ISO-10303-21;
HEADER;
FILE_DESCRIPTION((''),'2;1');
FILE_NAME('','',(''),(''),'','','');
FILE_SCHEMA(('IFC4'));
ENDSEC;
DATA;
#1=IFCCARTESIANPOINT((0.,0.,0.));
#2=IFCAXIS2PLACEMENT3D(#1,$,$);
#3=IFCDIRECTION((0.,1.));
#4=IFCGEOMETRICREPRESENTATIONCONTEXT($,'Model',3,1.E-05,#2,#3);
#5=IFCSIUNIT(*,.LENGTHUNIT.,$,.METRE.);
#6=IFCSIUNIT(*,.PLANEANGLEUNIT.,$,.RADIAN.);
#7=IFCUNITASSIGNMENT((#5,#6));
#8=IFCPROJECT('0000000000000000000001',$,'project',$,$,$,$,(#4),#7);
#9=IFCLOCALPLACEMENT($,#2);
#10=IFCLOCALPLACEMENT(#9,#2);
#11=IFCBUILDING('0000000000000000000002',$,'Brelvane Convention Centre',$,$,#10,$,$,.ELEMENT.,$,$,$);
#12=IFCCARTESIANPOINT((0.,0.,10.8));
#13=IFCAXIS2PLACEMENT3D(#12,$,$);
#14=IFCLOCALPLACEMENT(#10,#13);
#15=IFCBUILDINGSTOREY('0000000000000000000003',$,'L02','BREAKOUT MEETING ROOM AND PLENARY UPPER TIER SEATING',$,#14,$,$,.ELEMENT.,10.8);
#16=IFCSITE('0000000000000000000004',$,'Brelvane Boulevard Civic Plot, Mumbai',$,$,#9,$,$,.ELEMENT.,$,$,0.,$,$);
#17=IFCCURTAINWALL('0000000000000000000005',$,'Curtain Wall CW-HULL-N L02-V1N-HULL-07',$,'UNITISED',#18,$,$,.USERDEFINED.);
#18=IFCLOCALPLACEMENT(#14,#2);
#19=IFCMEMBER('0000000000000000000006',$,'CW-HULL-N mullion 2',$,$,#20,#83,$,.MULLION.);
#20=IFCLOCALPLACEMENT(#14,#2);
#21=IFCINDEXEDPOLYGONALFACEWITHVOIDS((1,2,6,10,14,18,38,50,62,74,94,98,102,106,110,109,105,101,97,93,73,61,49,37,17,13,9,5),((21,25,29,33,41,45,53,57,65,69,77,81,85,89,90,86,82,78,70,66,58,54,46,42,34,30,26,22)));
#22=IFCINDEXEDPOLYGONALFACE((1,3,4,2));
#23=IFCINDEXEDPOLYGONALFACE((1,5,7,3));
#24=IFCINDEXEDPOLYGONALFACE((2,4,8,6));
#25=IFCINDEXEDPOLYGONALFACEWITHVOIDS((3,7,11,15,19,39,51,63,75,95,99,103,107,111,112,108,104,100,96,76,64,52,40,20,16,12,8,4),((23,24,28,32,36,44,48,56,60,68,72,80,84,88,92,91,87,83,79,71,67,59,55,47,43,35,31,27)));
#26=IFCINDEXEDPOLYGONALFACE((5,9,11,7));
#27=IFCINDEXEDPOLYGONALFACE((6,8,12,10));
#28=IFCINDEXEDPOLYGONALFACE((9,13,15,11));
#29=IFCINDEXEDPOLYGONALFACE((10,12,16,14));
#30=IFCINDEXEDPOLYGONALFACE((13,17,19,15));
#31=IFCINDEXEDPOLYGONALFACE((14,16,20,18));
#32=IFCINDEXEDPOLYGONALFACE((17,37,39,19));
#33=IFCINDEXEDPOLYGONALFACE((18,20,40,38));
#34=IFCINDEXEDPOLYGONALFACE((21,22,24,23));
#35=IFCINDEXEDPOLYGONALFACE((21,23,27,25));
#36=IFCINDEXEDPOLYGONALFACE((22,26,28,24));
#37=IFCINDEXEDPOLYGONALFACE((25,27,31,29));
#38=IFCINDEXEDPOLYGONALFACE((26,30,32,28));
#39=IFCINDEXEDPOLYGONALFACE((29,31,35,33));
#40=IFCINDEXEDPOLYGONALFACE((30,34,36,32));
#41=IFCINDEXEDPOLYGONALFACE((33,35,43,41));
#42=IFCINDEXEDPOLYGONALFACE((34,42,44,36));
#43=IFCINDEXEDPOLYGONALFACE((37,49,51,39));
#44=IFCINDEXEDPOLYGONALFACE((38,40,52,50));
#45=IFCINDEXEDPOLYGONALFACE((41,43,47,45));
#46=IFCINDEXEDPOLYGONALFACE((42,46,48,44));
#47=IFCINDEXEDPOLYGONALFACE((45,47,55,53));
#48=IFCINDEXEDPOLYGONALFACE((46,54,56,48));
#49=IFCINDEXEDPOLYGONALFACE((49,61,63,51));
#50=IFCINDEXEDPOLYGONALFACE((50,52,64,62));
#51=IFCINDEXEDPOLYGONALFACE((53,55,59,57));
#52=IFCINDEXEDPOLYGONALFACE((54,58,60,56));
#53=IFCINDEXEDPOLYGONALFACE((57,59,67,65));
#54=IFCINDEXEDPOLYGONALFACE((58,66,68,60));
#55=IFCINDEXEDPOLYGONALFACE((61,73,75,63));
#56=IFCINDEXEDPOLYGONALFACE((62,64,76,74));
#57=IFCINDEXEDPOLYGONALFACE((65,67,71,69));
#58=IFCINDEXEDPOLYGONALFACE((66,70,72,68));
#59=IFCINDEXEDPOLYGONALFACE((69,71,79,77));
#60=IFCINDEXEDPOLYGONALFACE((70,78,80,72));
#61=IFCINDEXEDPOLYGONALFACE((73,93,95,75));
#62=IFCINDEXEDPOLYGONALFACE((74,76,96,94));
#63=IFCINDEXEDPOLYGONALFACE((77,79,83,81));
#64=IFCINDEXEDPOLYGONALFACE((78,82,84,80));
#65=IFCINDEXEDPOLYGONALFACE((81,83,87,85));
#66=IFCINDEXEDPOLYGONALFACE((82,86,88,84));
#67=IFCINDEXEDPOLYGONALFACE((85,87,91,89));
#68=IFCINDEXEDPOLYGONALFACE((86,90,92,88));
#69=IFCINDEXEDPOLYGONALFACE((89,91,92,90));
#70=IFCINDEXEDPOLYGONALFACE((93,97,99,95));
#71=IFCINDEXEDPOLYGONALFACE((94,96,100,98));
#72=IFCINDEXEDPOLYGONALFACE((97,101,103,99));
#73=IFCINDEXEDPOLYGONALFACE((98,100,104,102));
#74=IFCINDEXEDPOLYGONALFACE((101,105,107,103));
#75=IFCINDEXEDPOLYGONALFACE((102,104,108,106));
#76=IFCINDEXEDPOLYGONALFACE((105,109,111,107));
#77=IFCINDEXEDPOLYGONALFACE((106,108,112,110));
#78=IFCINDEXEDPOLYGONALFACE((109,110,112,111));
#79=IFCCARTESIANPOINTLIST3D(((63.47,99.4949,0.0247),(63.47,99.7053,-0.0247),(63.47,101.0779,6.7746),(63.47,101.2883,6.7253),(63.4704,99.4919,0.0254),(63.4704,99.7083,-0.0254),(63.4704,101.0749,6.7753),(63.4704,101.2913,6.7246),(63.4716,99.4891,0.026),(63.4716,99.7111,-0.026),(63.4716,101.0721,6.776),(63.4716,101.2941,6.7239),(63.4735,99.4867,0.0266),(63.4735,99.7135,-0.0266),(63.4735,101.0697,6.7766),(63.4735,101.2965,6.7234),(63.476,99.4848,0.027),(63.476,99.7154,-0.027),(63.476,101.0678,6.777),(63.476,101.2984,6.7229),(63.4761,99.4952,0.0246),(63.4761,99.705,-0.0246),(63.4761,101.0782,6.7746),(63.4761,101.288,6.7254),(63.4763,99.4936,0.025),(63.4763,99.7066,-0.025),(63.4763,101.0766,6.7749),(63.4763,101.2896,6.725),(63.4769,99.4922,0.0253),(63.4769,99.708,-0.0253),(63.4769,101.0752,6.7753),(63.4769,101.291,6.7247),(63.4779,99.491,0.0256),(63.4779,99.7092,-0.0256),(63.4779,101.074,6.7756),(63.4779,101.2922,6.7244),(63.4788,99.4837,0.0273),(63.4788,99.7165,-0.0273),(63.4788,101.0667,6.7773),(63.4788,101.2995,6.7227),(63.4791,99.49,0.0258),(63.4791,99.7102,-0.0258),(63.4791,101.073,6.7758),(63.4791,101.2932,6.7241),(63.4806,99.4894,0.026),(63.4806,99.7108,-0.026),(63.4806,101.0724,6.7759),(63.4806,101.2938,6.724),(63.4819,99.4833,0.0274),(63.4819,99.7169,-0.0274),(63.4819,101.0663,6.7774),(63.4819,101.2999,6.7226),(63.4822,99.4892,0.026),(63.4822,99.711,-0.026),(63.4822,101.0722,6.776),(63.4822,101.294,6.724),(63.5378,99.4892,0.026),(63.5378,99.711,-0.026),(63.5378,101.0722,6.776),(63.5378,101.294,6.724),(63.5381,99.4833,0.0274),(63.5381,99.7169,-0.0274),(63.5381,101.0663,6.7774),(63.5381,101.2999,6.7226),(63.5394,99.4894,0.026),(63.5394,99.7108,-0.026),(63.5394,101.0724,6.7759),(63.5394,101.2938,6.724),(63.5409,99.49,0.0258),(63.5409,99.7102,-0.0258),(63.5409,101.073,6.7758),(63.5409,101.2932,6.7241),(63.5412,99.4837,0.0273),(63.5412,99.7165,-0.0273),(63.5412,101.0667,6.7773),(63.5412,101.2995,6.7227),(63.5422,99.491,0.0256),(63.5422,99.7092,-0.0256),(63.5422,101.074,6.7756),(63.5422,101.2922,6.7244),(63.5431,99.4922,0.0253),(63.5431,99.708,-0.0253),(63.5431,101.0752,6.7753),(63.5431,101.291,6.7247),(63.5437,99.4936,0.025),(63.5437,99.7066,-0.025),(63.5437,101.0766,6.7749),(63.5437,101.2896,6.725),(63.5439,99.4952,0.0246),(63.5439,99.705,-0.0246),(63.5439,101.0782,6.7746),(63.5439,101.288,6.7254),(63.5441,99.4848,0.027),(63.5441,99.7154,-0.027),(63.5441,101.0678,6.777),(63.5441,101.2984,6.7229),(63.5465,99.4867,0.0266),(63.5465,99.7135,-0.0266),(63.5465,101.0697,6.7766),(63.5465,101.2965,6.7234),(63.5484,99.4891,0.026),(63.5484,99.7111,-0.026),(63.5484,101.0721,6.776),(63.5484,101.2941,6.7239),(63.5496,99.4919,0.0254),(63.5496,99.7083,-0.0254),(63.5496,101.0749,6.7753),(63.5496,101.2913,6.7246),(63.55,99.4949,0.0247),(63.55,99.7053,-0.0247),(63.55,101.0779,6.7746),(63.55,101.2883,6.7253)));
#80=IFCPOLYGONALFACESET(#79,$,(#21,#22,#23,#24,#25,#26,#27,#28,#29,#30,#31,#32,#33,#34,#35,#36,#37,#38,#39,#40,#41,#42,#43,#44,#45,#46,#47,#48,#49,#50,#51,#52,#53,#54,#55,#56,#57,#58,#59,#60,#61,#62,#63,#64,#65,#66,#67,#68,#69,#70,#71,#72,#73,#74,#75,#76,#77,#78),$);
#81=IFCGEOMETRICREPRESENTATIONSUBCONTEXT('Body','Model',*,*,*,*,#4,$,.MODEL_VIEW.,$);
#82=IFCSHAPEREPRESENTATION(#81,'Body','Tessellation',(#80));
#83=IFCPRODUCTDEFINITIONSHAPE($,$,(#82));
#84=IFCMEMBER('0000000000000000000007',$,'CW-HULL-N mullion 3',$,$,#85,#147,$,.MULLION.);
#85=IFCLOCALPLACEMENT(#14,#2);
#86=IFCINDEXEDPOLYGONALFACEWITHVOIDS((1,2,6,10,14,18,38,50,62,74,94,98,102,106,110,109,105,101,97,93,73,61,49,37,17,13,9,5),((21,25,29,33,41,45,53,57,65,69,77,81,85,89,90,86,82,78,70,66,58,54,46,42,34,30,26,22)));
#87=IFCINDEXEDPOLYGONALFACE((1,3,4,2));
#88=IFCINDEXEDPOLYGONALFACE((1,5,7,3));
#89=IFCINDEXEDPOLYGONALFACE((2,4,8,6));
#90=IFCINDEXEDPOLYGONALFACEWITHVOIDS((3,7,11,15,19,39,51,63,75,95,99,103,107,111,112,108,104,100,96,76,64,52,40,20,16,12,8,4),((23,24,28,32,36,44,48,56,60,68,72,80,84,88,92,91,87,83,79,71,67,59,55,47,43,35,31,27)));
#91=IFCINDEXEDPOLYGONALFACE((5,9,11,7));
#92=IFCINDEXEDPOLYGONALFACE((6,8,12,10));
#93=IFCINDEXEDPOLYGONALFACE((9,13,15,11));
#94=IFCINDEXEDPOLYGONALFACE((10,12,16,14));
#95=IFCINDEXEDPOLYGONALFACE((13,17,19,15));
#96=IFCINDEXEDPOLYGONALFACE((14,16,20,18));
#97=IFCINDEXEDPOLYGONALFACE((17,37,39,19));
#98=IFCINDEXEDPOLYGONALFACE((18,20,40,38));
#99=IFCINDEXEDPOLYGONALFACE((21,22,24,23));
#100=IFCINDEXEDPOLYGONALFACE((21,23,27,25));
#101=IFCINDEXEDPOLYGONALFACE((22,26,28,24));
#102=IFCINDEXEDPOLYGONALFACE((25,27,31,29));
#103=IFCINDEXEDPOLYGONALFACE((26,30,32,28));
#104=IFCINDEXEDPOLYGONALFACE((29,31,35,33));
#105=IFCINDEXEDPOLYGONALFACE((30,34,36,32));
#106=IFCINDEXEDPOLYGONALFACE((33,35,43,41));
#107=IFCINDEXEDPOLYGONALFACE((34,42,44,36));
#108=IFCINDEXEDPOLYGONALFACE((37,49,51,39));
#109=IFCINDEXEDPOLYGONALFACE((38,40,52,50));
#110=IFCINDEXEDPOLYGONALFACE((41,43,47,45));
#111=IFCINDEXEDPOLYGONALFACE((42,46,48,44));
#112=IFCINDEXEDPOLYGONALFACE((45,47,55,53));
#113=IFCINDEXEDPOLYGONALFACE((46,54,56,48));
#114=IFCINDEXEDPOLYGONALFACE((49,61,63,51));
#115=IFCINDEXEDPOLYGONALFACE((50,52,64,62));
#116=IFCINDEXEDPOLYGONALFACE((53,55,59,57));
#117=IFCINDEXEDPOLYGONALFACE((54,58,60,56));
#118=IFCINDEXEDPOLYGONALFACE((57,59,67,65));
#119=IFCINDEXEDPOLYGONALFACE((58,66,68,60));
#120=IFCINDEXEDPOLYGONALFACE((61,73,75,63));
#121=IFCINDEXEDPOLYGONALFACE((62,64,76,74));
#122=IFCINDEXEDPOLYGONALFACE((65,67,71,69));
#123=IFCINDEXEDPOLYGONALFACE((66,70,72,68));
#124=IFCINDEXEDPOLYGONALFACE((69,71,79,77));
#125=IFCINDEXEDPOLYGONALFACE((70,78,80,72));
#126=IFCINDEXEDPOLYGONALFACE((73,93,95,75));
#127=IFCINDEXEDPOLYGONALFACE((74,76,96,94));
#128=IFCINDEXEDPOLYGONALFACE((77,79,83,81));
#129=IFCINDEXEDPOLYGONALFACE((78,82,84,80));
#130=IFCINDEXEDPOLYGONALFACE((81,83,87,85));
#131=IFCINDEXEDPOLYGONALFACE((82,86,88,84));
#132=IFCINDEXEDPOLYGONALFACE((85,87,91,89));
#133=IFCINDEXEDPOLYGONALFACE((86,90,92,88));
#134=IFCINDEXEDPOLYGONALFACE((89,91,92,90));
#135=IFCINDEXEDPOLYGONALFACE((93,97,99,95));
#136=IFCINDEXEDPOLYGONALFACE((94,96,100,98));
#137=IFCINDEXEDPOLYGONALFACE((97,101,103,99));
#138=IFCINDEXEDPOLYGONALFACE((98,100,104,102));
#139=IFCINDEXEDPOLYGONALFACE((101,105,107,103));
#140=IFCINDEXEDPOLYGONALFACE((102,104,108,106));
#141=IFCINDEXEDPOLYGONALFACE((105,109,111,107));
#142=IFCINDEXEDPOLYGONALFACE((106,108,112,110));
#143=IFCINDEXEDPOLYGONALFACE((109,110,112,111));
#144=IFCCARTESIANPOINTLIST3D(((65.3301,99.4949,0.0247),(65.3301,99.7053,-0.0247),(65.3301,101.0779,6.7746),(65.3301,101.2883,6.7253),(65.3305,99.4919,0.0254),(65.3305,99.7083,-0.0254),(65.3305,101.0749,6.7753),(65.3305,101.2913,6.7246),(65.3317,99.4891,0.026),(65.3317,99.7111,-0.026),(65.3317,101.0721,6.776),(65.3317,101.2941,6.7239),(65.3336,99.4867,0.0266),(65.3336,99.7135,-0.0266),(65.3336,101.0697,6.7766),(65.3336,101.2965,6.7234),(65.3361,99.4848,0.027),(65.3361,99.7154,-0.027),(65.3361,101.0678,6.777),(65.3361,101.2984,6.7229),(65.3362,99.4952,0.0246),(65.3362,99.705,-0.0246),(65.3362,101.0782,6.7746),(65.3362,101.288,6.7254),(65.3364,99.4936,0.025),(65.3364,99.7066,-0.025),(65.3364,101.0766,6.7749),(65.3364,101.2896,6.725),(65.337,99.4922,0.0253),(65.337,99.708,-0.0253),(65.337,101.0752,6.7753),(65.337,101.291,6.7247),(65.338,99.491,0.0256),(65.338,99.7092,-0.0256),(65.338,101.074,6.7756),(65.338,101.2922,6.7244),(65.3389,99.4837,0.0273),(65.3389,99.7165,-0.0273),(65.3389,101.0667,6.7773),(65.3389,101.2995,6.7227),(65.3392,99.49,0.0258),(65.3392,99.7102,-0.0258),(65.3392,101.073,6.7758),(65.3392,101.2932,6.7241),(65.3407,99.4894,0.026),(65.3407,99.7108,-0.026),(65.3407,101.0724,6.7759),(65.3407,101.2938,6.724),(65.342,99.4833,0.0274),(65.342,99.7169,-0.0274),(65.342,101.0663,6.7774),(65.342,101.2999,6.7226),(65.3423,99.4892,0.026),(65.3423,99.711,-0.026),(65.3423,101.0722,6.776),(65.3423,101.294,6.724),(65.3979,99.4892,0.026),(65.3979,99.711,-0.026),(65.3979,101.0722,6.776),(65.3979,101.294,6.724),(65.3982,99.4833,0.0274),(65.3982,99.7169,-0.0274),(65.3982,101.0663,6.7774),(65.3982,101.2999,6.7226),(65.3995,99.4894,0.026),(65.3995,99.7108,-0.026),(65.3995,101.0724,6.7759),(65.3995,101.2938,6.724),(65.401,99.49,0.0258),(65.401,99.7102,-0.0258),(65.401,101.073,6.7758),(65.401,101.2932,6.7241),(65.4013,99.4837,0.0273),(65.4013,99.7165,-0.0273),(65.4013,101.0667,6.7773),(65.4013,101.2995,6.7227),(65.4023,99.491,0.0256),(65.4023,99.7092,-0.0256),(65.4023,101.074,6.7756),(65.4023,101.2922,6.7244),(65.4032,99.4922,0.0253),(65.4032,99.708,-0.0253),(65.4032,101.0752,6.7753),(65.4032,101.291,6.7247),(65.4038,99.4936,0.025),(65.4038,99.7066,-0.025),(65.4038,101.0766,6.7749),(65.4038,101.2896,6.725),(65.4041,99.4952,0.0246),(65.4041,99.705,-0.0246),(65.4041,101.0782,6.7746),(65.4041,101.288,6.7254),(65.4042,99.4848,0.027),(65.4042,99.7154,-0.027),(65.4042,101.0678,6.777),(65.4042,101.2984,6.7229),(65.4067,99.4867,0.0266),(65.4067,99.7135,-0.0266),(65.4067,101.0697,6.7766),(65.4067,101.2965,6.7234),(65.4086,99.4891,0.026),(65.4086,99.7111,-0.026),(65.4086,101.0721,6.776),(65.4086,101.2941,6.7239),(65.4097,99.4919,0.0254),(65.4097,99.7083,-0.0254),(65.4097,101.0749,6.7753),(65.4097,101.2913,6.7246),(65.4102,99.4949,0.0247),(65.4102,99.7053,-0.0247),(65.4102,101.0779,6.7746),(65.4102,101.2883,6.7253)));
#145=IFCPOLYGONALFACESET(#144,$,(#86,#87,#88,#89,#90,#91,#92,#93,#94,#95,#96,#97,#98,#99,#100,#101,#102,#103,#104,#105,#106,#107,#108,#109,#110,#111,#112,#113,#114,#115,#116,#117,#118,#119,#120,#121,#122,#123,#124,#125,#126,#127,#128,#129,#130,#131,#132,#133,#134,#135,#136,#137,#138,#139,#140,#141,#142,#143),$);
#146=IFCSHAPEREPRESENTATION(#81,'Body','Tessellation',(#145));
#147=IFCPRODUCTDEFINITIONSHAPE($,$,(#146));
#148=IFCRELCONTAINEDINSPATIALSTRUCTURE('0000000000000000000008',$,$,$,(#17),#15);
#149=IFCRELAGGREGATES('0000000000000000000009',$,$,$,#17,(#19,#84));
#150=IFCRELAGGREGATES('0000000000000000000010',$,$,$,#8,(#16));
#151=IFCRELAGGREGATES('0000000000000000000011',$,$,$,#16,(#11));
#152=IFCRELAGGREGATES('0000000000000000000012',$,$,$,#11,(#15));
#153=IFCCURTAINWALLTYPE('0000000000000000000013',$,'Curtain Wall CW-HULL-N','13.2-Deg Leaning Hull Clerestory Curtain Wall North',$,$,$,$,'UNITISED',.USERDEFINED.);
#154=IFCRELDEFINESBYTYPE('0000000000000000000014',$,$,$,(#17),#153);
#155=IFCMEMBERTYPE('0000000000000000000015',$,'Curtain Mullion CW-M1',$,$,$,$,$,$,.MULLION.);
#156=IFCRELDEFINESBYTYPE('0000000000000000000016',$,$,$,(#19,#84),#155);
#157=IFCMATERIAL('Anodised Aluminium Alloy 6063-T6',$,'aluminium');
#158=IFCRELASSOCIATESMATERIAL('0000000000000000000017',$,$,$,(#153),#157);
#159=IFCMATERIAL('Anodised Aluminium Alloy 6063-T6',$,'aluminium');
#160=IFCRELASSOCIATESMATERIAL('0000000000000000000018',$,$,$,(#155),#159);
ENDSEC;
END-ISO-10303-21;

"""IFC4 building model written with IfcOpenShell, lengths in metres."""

from ifc_helpers import new_model, si_unit, direction, frame, origin, origin_2d, place, context, subcontext, project, spatial, hollow_rectangle, extrude, material, material_profile, profile_set, type_object, element, aggregate, save


model = new_model("IFC4")

# Units and contexts
model_context = context("Model", 3, precision=1e-05, world=origin(), true_north=direction((0.0, 1.0)))
body_context = subcontext(model_context, "Body", "Model", "MODEL_VIEW")
ifc_project = project(units=[si_unit("LENGTHUNIT", "METRE"), si_unit("PLANEANGLEUNIT", "RADIAN")], contexts=[model_context])

# Site, building, storey
site_placement = place(None, origin())
site = spatial("IfcSite", under=ifc_project, at=site_placement, Name="Brelvane Boulevard Civic Plot, Mumbai", CompositionType="ELEMENT", RefElevation=0.0)
building_placement = place(site_placement, origin())
building = spatial("IfcBuilding", under=site, at=building_placement, Name="Brelvane Convention Centre", CompositionType="ELEMENT")
storey_placement = place(building_placement, frame((0.0, 0.0, 10.8)))
storey = spatial("IfcBuildingStorey", under=building, at=storey_placement, Name="L02", Description="BREAKOUT MEETING ROOM AND PLENARY UPPER TIER SEATING", CompositionType="ELEMENT", Elevation=10.8)

# Curtain wall, members
ifc_material_1 = material(Name="Anodised Aluminium Alloy 6063-T6", Category="aluminium")
curtain_wall_type_1 = type_object("IfcCurtainWallType", Name="Curtain Wall CW-HULL-N", Description="13.2-Deg Leaning Hull Clerestory Curtain Wall North", ElementType="UNITISED", PredefinedType="USERDEFINED", material=ifc_material_1)
curtain_wall_1_placement = place(storey_placement, origin())
curtain_wall_1 = element("IfcCurtainWall", 1, at=curtain_wall_1_placement, inside=storey, type_object=curtain_wall_type_1, Name="Curtain Wall CW-HULL-N L02-V1N-HULL-07", ObjectType="UNITISED", PredefinedType="USERDEFINED")
ifc_material_2 = material(Name="Anodised Aluminium Alloy 6063-T6", Category="aluminium")
ifc_material_profile_1 = material_profile(ifc_material_2, hollow_rectangle(XDim=0.0801, YDim=0.24, WallThickness=0.0061, InnerFilletRadius=0.0061, OuterFilletRadius=0.012, at=origin_2d()), Name="ALU-M 240x80x6.0")
ifc_profile_set_1 = profile_set([ifc_material_profile_1], Name="Anodised Aluminium Alloy 6063-T6")
member_type_1 = type_object("IfcMemberType", Name="Curtain Mullion CW-M1", PredefinedType="MULLION", material=ifc_profile_set_1)
member_1_placement = place(storey_placement, frame((63.51, 99.6001, 0.0), z_axis=(0.0, 0.228325, 0.973585), x_axis=(-1.0, 0.0, 0.0)))
member_1 = element("IfcMember", 2, at=member_1_placement, type_object=member_type_1, Name="CW-HULL-N mullion 2", PredefinedType="MULLION", context=body_context, shape_type="SweptSolid", body=[
    extrude(hollow_rectangle(XDim=0.0801, YDim=0.24, WallThickness=0.0061, InnerFilletRadius=0.0061, OuterFilletRadius=0.012, at=origin_2d()), origin(), (0.0, 0.0, 1.0), 6.9331),
])
member_2_placement = place(storey_placement, frame((65.3701, 99.6001, 0.0), z_axis=(0.0, 0.228325, 0.973585), x_axis=(-1.0, 0.0, 0.0)))
member_2 = element("IfcMember", 3, at=member_2_placement, type_object=member_type_1, Name="CW-HULL-N mullion 3", PredefinedType="MULLION", context=body_context, shape_type="SweptSolid", body=[
    extrude(hollow_rectangle(XDim=0.0801, YDim=0.24, WallThickness=0.0061, InnerFilletRadius=0.0061, OuterFilletRadius=0.012, at=origin_2d()), origin(), (0.0, 0.0, 1.0), 6.9331),
])

aggregate(curtain_wall_1, [member_1, member_2])

save(model, "model.ifc")
